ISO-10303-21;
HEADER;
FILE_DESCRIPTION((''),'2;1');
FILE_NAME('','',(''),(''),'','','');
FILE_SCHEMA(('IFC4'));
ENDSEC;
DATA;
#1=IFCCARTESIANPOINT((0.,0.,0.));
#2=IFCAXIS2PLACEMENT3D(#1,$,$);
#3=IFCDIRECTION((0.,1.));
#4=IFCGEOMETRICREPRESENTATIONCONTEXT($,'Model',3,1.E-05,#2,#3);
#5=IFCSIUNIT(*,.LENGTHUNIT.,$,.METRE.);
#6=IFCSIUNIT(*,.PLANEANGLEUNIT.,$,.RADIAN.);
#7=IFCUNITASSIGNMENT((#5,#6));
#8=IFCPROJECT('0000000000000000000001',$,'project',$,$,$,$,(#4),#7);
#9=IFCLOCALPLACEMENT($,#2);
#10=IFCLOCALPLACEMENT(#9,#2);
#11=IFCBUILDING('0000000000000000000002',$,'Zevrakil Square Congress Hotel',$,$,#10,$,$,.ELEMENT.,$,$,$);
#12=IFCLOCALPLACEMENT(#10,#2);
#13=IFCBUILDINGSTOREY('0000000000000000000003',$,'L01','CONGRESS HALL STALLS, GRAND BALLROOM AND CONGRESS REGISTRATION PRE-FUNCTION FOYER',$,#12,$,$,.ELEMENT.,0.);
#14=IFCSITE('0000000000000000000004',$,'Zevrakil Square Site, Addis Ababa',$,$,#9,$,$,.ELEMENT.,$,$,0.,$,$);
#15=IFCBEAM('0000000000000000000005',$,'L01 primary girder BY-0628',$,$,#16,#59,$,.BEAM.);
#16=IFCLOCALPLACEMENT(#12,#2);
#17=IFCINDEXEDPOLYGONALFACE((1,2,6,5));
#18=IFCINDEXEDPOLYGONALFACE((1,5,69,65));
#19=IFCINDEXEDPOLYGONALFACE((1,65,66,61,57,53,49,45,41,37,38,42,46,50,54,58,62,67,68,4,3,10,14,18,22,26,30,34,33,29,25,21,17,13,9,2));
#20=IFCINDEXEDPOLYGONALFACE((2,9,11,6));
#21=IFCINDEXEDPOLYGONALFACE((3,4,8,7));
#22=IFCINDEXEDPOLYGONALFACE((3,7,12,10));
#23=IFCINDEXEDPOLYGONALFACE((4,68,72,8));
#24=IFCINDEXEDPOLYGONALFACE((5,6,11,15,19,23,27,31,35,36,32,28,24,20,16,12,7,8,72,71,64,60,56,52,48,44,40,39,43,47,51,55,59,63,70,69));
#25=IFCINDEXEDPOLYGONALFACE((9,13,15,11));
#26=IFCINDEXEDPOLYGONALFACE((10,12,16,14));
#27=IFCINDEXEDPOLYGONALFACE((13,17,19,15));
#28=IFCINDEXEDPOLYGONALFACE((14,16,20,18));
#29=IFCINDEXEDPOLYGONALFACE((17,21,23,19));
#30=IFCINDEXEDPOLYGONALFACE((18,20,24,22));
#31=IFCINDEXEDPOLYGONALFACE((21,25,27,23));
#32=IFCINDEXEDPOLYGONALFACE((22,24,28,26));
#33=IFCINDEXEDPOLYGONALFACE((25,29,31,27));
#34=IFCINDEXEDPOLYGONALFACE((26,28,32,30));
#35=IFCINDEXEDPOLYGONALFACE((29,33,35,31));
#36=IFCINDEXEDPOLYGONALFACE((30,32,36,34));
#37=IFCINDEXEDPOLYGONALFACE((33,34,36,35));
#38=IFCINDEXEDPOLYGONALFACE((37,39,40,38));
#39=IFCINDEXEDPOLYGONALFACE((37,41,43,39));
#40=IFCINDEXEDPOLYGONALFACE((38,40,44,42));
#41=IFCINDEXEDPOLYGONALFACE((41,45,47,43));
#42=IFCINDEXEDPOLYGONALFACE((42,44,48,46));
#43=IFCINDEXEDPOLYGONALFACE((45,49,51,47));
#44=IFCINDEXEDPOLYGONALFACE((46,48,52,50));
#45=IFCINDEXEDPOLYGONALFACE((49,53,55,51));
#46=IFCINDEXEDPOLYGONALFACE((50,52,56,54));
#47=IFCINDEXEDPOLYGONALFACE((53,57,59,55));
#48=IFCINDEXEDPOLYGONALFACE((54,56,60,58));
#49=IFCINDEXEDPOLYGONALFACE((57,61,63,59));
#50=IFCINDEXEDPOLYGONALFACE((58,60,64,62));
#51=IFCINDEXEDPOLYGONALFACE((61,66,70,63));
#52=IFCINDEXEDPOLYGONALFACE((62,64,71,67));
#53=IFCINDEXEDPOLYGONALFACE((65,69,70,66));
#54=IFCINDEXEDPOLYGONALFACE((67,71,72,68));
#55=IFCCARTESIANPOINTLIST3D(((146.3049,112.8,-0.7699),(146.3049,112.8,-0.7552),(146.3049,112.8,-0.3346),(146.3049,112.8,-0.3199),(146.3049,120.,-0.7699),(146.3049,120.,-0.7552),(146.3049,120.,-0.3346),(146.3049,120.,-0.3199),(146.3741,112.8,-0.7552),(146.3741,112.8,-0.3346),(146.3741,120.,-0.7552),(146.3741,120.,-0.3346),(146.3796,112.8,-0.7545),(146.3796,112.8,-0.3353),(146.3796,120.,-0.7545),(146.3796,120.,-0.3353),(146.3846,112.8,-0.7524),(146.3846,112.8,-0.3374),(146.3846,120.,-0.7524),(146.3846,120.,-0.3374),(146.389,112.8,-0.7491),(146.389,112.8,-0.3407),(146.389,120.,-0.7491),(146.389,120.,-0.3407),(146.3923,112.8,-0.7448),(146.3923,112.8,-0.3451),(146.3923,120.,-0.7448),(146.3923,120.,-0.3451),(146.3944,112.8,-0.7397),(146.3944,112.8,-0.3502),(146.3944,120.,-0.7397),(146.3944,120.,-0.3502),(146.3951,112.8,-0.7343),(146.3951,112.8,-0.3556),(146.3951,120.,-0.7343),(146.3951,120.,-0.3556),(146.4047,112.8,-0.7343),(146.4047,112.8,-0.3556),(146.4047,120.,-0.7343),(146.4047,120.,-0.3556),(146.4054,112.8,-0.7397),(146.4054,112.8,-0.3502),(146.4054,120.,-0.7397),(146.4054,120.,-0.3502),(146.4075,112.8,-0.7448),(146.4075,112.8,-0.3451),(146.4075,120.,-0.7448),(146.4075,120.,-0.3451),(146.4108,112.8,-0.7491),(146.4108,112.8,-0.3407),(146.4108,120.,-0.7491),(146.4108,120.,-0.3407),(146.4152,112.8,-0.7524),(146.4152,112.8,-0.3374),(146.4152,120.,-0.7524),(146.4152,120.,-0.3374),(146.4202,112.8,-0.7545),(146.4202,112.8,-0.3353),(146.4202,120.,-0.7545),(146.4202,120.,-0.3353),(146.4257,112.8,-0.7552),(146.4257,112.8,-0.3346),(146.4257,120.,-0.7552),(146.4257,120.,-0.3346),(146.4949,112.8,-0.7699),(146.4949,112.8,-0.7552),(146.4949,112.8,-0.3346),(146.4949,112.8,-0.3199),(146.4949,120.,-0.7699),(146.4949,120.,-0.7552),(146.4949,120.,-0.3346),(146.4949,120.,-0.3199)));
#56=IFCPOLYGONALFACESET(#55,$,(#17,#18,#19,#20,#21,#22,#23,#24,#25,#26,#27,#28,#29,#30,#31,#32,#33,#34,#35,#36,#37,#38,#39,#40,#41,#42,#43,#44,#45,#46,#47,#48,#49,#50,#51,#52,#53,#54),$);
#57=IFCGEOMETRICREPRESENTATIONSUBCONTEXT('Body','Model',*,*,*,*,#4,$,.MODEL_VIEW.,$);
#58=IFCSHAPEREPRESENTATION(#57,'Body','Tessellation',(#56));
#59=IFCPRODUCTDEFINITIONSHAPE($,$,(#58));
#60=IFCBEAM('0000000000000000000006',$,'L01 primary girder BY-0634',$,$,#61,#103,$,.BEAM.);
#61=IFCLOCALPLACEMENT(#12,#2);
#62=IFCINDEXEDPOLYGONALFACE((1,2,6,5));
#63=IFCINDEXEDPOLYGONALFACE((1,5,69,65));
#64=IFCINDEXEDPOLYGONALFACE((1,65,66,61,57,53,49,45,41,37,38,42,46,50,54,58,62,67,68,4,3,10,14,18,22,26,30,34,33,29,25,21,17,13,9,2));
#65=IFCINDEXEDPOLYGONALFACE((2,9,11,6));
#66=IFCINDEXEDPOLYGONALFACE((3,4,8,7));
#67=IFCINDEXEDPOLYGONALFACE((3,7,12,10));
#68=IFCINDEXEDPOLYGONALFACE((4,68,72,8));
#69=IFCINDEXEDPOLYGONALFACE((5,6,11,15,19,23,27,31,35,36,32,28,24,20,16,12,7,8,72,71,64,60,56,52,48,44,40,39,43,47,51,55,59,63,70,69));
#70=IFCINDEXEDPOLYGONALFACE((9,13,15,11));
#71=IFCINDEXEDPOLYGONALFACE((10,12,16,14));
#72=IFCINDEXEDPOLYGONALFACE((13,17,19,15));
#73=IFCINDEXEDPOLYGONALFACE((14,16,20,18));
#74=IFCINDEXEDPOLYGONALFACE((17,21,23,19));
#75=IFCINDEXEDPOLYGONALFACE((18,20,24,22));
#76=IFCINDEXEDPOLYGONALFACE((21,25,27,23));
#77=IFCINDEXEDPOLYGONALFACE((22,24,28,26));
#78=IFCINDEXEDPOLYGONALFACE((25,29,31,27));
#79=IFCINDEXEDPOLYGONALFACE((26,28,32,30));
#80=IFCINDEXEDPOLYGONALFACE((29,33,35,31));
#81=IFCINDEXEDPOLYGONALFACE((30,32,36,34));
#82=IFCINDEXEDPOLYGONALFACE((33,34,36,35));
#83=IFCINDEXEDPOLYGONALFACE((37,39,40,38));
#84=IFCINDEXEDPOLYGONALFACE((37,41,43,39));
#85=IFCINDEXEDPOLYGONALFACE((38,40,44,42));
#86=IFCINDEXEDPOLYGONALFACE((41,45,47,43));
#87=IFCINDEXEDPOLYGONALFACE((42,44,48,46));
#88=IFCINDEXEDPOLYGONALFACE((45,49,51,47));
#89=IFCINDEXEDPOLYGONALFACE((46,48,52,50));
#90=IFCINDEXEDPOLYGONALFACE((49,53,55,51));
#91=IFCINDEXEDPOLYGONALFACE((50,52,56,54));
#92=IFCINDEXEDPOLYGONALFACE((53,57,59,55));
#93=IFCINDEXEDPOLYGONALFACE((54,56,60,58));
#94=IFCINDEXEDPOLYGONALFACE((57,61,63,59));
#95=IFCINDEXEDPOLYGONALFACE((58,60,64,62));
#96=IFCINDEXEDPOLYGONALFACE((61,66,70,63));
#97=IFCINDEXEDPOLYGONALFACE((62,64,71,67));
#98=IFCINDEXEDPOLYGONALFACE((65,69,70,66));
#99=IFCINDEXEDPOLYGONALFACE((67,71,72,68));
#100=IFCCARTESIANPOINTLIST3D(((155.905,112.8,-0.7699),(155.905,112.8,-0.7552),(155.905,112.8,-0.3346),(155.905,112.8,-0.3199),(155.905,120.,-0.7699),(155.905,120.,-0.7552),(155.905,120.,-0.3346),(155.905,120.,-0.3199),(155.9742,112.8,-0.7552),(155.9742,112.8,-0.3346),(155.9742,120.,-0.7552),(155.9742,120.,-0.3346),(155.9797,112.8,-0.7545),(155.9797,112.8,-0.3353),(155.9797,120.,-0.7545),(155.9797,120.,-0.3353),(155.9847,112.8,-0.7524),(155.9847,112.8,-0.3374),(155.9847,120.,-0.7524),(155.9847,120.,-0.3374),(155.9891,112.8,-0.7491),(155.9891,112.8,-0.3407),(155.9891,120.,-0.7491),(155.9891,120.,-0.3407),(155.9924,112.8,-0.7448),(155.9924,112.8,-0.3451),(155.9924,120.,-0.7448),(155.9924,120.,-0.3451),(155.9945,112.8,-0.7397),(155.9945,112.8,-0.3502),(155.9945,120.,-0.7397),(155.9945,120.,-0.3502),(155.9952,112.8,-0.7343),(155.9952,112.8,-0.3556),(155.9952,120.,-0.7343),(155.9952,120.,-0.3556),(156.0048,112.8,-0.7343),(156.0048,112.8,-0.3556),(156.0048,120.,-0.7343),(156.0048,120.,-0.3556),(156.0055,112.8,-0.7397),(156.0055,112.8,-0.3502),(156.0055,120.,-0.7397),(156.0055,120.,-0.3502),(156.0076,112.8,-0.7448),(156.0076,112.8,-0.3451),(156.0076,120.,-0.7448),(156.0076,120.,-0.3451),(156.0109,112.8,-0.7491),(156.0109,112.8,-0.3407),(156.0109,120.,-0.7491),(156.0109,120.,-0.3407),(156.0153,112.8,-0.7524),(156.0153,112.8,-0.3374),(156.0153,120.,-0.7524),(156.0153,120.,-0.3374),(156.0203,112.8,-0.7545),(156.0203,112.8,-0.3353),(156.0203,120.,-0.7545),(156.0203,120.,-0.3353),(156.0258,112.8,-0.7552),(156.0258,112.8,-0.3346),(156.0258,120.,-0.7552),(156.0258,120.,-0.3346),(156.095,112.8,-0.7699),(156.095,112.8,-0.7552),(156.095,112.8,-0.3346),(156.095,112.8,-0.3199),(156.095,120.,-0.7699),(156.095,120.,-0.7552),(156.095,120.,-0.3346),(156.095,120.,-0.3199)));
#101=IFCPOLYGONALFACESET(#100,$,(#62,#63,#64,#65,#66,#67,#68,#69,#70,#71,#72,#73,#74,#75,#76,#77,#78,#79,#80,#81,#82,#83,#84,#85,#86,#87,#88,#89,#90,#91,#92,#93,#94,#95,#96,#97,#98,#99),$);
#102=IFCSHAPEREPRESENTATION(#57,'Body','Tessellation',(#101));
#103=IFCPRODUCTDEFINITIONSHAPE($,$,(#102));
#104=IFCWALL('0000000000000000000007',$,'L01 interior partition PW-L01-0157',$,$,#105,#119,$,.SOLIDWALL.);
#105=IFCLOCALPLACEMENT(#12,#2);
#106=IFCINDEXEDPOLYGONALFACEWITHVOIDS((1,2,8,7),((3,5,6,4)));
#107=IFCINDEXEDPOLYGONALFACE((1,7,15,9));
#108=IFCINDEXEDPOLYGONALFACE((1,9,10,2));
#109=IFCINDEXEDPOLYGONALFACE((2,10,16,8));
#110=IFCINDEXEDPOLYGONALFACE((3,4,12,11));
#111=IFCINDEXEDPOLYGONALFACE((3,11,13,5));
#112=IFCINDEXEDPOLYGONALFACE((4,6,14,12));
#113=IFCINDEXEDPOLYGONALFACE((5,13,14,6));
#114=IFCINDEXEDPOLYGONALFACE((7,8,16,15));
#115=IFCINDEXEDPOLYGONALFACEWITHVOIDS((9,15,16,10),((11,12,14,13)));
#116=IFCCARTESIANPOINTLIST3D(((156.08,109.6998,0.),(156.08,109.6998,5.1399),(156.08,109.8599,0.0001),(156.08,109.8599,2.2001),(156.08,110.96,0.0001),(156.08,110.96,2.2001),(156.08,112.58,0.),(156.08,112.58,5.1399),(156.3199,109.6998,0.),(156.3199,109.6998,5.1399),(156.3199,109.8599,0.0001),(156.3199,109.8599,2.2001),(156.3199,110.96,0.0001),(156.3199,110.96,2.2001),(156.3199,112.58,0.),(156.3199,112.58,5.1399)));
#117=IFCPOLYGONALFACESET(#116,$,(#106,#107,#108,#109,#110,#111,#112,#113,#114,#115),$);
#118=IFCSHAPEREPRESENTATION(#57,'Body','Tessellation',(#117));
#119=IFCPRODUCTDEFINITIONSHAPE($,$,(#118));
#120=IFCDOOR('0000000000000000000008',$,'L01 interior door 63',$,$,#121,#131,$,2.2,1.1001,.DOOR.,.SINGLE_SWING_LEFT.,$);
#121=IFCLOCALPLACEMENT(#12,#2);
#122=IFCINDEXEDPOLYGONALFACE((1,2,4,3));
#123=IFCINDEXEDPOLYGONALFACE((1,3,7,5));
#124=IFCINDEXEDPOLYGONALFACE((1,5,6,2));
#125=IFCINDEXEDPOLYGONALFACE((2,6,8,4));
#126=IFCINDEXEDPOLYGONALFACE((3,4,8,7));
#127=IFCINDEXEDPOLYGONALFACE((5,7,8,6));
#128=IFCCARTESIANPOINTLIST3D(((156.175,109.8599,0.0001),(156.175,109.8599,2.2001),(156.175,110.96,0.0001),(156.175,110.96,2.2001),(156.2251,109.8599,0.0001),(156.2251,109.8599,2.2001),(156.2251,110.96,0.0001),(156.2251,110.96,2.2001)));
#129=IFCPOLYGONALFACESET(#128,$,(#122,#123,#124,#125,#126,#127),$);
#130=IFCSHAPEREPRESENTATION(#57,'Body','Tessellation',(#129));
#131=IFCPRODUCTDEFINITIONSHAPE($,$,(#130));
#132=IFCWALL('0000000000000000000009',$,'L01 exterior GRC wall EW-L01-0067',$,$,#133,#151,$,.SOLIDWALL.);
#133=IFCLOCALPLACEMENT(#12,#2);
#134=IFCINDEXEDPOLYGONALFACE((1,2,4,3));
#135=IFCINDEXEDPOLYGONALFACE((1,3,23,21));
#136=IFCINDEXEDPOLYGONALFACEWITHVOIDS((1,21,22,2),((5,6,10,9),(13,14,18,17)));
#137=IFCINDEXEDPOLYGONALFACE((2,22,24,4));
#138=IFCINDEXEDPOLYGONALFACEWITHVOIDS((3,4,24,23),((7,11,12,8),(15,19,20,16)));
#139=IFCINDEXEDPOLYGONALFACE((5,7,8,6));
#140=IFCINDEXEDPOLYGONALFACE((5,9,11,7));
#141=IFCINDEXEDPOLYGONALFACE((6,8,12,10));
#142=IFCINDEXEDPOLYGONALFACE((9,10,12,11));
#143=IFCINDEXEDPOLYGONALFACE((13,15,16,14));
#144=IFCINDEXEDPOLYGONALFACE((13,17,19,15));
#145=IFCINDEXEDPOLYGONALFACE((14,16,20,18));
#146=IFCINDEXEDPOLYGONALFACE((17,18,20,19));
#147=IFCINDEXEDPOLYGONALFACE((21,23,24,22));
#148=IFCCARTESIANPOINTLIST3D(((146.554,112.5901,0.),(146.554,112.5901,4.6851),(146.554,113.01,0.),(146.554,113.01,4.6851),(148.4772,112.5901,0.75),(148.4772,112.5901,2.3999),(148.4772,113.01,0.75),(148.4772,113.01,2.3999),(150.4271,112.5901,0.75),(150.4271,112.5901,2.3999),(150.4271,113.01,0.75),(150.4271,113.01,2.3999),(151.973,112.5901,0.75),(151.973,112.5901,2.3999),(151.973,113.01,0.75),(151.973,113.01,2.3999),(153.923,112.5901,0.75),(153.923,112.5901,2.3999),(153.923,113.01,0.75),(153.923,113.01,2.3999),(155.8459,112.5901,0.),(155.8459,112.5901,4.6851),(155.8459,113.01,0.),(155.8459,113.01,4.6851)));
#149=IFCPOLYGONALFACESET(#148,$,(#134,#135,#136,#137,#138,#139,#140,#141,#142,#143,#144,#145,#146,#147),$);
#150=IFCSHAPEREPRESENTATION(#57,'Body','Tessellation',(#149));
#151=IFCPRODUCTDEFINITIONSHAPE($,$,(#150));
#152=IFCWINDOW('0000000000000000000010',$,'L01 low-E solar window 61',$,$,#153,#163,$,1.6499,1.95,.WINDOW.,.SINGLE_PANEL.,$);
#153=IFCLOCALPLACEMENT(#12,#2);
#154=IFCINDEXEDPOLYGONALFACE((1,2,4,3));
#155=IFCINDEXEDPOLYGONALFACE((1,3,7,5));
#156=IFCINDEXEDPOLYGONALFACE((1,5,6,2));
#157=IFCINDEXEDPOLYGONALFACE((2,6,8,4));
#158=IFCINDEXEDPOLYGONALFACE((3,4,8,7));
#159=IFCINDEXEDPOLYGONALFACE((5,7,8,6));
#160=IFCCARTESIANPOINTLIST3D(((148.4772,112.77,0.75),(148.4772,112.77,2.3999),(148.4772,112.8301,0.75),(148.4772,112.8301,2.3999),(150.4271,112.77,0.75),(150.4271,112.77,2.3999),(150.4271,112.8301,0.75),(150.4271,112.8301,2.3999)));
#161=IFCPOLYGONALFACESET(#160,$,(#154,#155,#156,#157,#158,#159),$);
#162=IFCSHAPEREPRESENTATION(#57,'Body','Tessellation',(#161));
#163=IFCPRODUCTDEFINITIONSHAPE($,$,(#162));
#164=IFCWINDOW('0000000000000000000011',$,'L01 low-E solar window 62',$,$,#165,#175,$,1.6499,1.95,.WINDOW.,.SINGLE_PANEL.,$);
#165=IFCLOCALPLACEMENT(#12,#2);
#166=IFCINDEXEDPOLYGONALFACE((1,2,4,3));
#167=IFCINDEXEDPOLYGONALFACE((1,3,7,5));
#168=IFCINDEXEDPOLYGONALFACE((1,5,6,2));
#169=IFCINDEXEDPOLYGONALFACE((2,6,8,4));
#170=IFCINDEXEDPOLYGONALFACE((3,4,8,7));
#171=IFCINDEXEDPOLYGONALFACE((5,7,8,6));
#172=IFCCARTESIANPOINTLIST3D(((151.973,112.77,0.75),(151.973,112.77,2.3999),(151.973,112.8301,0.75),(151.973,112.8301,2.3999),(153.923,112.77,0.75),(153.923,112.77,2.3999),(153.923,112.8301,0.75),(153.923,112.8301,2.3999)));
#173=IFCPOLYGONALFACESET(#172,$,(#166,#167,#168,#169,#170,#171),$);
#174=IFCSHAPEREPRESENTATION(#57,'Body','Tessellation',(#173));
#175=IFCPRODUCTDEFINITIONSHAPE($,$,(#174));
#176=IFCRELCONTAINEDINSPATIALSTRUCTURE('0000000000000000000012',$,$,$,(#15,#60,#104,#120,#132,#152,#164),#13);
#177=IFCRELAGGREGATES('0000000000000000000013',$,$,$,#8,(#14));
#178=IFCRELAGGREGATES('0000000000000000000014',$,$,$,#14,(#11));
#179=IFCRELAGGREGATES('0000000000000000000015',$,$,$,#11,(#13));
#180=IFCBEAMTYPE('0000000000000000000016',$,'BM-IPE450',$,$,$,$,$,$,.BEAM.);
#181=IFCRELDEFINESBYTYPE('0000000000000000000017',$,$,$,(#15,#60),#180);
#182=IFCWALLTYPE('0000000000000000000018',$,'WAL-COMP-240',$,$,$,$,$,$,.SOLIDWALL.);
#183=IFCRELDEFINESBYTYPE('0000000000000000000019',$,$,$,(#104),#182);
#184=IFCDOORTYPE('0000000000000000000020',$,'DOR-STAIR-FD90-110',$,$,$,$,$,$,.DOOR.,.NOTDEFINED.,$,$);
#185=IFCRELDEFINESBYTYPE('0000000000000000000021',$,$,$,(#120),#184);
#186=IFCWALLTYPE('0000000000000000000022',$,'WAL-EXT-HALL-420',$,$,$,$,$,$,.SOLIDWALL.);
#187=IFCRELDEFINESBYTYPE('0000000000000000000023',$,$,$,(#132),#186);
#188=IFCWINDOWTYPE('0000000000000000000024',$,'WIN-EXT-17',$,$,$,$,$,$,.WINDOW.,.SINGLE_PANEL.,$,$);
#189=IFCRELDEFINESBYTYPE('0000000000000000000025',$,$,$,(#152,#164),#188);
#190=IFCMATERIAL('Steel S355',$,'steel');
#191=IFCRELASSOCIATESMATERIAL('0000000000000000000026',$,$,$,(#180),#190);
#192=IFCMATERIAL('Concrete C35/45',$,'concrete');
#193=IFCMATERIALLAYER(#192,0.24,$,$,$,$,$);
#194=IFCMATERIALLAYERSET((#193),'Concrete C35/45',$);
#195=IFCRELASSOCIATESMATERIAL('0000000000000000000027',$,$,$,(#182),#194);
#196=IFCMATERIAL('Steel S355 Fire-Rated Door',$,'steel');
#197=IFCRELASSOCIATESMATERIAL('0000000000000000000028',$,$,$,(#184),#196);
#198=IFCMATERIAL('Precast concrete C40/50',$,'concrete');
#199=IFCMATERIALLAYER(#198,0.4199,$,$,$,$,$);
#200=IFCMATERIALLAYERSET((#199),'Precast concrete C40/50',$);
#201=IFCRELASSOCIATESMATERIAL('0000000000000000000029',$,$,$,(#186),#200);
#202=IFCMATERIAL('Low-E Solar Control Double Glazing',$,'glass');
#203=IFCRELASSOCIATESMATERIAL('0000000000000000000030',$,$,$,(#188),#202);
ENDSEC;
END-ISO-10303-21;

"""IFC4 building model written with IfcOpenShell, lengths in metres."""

from ifc_helpers import new_model, si_unit, direction, frame, frame_2d, origin, origin_2d, place, context, subcontext, project, spatial, rectangle, i_section, extrude, material, layer, layer_set, material_profile, profile_set, type_object, element, fill, save


model = new_model("IFC4")

# Units and contexts
model_context = context("Model", 3, precision=1e-05, world=origin(), true_north=direction((0.0, 1.0)))
body_context = subcontext(model_context, "Body", "Model", "MODEL_VIEW")
ifc_project = project(units=[si_unit("LENGTHUNIT", "METRE"), si_unit("PLANEANGLEUNIT", "RADIAN")], contexts=[model_context])

# Site, building, storey
site_placement = place(None, origin())
site = spatial("IfcSite", under=ifc_project, at=site_placement, Name="Zevrakil Square Site, Addis Ababa", CompositionType="ELEMENT", RefElevation=0.0)
building_placement = place(site_placement, origin())
building = spatial("IfcBuilding", under=site, at=building_placement, Name="Zevrakil Square Congress Hotel", CompositionType="ELEMENT")
storey_placement = place(building_placement, origin())
storey = spatial("IfcBuildingStorey", under=building, at=storey_placement, Name="L01", Description="CONGRESS HALL STALLS, GRAND BALLROOM AND CONGRESS REGISTRATION PRE-FUNCTION FOYER", CompositionType="ELEMENT", Elevation=0.0)

# Beams
ifc_material_1 = material(Name="Steel S355", Category="steel")
ifc_material_profile_1 = material_profile(ifc_material_1, i_section(OverallWidth=0.1899, OverallDepth=0.45, WebThickness=0.0095, FlangeThickness=0.0146, FilletRadius=0.021, at=origin_2d()), Name="IPE 450")
ifc_profile_set_1 = profile_set([ifc_material_profile_1], Name="Steel S355")
beam_type_1 = type_object("IfcBeamType", Name="BM-IPE450", PredefinedType="BEAM", material=ifc_profile_set_1)
for number, where, z_axis, x_axis, name in (
    (1, (146.3999, 112.8, -0.5449), (0.0, 1.0, 0.0), (-1.0, 0.0, 0.0), "L01 primary girder BY-0628"),
    (2, (156.0, 112.8, -0.5449), (0.0, 1.0, 0.0), (-1.0, 0.0, 0.0), "L01 primary girder BY-0634"),
):
    element("IfcBeam", number, at=place(storey_placement, frame(where, z_axis=z_axis, x_axis=x_axis)), inside=storey, type_object=beam_type_1, Name=name, PredefinedType="BEAM", context=body_context, shape_type="SweptSolid", body=[
        extrude(i_section(OverallWidth=0.1899, OverallDepth=0.45, WebThickness=0.0095, FlangeThickness=0.0146, FilletRadius=0.021, at=origin_2d()), origin(), (0.0, 0.0, 1.0), 7.2),
    ])

# Wall, opening, door
ifc_material_2 = material(Name="Concrete C35/45", Category="concrete")
ifc_layer_1 = layer(ifc_material_2, 0.24)
ifc_layer_set_1 = layer_set([ifc_layer_1], Name="Concrete C35/45")
wall_type_1 = type_object("IfcWallType", Name="WAL-COMP-240", PredefinedType="SOLIDWALL", material=ifc_layer_set_1)
wall_1_placement = place(storey_placement, frame((156.2, 109.7, 0.0), z_axis=(0.0, 0.0, 1.0), x_axis=(0.0, 1.0, 0.0)))
wall_1 = element("IfcWall", 3, at=wall_1_placement, inside=storey, type_object=wall_type_1, Name="L01 interior partition PW-L01-0157", PredefinedType="SOLIDWALL", context=body_context, shape_type="SweptSolid", body=[
    extrude(rectangle(XDim=2.8801, YDim=0.24, at=frame_2d((1.4399, 0.0))), origin(), (0.0, 0.0, 1.0), 5.1399),
])
opening_1_placement = place(wall_1_placement, frame((0.1599, 0.0, 0.0)))
opening_1 = element("IfcOpeningElement", 4, at=opening_1_placement, cuts=wall_1, PredefinedType="OPENING", context=body_context, shape_type="SweptSolid", body=[
    extrude(rectangle(XDim=1.1001, YDim=2.2, at=frame_2d((0.55, 1.1001))), frame((0.0, 0.1299, 0.0), z_axis=(0.0, -1.0, 0.0), x_axis=(1.0, 0.0, 0.0)), (0.0, 0.0, 1.0), 0.26),
])
ifc_material_3 = material(Name="Steel S355 Fire-Rated Door", Category="steel")
door_type_1 = type_object("IfcDoorType", Name="DOR-STAIR-FD90-110", OperationType="NOTDEFINED", PredefinedType="DOOR", material=ifc_material_3)
door_1_placement = place(opening_1_placement, origin())
door_1 = element("IfcDoor", 5, at=door_1_placement, inside=storey, type_object=door_type_1, Name="L01 interior door 63", OperationType="SINGLE_SWING_LEFT", OverallHeight=2.2, OverallWidth=1.1001, PredefinedType="DOOR", context=body_context, shape_type="SweptSolid", body=[
    extrude(rectangle(XDim=1.1001, YDim=2.2, at=frame_2d((0.55, 1.1001))), frame((0.0, 0.0249, 0.0), z_axis=(0.0, -1.0, 0.0), x_axis=(1.0, 0.0, 0.0)), (0.0, 0.0, 1.0), 0.05),
])
fill(opening_1, door_1)

# Wall, openings, windows
ifc_material_4 = material(Name="Precast concrete C40/50", Category="concrete")
ifc_layer_2 = layer(ifc_material_4, 0.4199)
ifc_layer_set_2 = layer_set([ifc_layer_2], Name="Precast concrete C40/50")
wall_type_2 = type_object("IfcWallType", Name="WAL-EXT-HALL-420", PredefinedType="SOLIDWALL", material=ifc_layer_set_2)
wall_2_placement = place(storey_placement, frame((146.554, 112.8, 0.0), z_axis=(0.0, 0.0, 1.0), x_axis=(1.0, 0.0, 0.0)))
wall_2 = element("IfcWall", 6, at=wall_2_placement, inside=storey, type_object=wall_type_2, Name="L01 exterior GRC wall EW-L01-0067", PredefinedType="SOLIDWALL", context=body_context, shape_type="SweptSolid", body=[
    extrude(rectangle(XDim=9.292, YDim=0.4199, at=frame_2d((4.646, 0.0))), origin(), (0.0, 0.0, 1.0), 4.6851),
])
opening_2_placement = place(wall_2_placement, frame((1.9231, 0.0, 0.75)))
opening_2 = element("IfcOpeningElement", 7, at=opening_2_placement, cuts=wall_2, PredefinedType="OPENING", context=body_context, shape_type="SweptSolid", body=[
    extrude(rectangle(XDim=1.95, YDim=1.6499, at=frame_2d((0.9751, 0.825))), frame((0.0, 0.22, 0.0), z_axis=(0.0, -1.0, 0.0), x_axis=(1.0, 0.0, 0.0)), (0.0, 0.0, 1.0), 0.4399),
])
opening_3_placement = place(wall_2_placement, frame((5.4189, 0.0, 0.75)))
opening_3 = element("IfcOpeningElement", 8, at=opening_3_placement, cuts=wall_2, PredefinedType="OPENING", context=body_context, shape_type="SweptSolid", body=[
    extrude(rectangle(XDim=1.95, YDim=1.6499, at=frame_2d((0.9751, 0.825))), frame((0.0, 0.22, 0.0), z_axis=(0.0, -1.0, 0.0), x_axis=(1.0, 0.0, 0.0)), (0.0, 0.0, 1.0), 0.4399),
])
ifc_material_5 = material(Name="Low-E Solar Control Double Glazing", Category="glass")
window_type = type_object("IfcWindowType", Name="WIN-EXT-17", PartitioningType="SINGLE_PANEL", PredefinedType="WINDOW", material=ifc_material_5)
window_1_placement = place(opening_2_placement, origin())
window_1 = element("IfcWindow", 9, at=window_1_placement, inside=storey, type_object=window_type, Name="L01 low-E solar window 61", OverallHeight=1.6499, OverallWidth=1.95, PartitioningType="SINGLE_PANEL", PredefinedType="WINDOW", context=body_context, shape_type="SweptSolid", body=[
    extrude(rectangle(XDim=1.95, YDim=1.6499, at=frame_2d((0.9751, 0.825))), frame((0.0, 0.03, 0.0), z_axis=(0.0, -1.0, 0.0), x_axis=(1.0, 0.0, 0.0)), (0.0, 0.0, 1.0), 0.0601),
])
fill(opening_2, window_1)
window_2_placement = place(opening_3_placement, origin())
window_2 = element("IfcWindow", 10, at=window_2_placement, inside=storey, type_object=window_type, Name="L01 low-E solar window 62", OverallHeight=1.6499, OverallWidth=1.95, PartitioningType="SINGLE_PANEL", PredefinedType="WINDOW", context=body_context, shape_type="SweptSolid", body=[
    extrude(rectangle(XDim=1.95, YDim=1.6499, at=frame_2d((0.9751, 0.825))), frame((0.0, 0.03, 0.0), z_axis=(0.0, -1.0, 0.0), x_axis=(1.0, 0.0, 0.0)), (0.0, 0.0, 1.0), 0.0601),
])
fill(opening_3, window_2)

save(model, "model.ifc")
